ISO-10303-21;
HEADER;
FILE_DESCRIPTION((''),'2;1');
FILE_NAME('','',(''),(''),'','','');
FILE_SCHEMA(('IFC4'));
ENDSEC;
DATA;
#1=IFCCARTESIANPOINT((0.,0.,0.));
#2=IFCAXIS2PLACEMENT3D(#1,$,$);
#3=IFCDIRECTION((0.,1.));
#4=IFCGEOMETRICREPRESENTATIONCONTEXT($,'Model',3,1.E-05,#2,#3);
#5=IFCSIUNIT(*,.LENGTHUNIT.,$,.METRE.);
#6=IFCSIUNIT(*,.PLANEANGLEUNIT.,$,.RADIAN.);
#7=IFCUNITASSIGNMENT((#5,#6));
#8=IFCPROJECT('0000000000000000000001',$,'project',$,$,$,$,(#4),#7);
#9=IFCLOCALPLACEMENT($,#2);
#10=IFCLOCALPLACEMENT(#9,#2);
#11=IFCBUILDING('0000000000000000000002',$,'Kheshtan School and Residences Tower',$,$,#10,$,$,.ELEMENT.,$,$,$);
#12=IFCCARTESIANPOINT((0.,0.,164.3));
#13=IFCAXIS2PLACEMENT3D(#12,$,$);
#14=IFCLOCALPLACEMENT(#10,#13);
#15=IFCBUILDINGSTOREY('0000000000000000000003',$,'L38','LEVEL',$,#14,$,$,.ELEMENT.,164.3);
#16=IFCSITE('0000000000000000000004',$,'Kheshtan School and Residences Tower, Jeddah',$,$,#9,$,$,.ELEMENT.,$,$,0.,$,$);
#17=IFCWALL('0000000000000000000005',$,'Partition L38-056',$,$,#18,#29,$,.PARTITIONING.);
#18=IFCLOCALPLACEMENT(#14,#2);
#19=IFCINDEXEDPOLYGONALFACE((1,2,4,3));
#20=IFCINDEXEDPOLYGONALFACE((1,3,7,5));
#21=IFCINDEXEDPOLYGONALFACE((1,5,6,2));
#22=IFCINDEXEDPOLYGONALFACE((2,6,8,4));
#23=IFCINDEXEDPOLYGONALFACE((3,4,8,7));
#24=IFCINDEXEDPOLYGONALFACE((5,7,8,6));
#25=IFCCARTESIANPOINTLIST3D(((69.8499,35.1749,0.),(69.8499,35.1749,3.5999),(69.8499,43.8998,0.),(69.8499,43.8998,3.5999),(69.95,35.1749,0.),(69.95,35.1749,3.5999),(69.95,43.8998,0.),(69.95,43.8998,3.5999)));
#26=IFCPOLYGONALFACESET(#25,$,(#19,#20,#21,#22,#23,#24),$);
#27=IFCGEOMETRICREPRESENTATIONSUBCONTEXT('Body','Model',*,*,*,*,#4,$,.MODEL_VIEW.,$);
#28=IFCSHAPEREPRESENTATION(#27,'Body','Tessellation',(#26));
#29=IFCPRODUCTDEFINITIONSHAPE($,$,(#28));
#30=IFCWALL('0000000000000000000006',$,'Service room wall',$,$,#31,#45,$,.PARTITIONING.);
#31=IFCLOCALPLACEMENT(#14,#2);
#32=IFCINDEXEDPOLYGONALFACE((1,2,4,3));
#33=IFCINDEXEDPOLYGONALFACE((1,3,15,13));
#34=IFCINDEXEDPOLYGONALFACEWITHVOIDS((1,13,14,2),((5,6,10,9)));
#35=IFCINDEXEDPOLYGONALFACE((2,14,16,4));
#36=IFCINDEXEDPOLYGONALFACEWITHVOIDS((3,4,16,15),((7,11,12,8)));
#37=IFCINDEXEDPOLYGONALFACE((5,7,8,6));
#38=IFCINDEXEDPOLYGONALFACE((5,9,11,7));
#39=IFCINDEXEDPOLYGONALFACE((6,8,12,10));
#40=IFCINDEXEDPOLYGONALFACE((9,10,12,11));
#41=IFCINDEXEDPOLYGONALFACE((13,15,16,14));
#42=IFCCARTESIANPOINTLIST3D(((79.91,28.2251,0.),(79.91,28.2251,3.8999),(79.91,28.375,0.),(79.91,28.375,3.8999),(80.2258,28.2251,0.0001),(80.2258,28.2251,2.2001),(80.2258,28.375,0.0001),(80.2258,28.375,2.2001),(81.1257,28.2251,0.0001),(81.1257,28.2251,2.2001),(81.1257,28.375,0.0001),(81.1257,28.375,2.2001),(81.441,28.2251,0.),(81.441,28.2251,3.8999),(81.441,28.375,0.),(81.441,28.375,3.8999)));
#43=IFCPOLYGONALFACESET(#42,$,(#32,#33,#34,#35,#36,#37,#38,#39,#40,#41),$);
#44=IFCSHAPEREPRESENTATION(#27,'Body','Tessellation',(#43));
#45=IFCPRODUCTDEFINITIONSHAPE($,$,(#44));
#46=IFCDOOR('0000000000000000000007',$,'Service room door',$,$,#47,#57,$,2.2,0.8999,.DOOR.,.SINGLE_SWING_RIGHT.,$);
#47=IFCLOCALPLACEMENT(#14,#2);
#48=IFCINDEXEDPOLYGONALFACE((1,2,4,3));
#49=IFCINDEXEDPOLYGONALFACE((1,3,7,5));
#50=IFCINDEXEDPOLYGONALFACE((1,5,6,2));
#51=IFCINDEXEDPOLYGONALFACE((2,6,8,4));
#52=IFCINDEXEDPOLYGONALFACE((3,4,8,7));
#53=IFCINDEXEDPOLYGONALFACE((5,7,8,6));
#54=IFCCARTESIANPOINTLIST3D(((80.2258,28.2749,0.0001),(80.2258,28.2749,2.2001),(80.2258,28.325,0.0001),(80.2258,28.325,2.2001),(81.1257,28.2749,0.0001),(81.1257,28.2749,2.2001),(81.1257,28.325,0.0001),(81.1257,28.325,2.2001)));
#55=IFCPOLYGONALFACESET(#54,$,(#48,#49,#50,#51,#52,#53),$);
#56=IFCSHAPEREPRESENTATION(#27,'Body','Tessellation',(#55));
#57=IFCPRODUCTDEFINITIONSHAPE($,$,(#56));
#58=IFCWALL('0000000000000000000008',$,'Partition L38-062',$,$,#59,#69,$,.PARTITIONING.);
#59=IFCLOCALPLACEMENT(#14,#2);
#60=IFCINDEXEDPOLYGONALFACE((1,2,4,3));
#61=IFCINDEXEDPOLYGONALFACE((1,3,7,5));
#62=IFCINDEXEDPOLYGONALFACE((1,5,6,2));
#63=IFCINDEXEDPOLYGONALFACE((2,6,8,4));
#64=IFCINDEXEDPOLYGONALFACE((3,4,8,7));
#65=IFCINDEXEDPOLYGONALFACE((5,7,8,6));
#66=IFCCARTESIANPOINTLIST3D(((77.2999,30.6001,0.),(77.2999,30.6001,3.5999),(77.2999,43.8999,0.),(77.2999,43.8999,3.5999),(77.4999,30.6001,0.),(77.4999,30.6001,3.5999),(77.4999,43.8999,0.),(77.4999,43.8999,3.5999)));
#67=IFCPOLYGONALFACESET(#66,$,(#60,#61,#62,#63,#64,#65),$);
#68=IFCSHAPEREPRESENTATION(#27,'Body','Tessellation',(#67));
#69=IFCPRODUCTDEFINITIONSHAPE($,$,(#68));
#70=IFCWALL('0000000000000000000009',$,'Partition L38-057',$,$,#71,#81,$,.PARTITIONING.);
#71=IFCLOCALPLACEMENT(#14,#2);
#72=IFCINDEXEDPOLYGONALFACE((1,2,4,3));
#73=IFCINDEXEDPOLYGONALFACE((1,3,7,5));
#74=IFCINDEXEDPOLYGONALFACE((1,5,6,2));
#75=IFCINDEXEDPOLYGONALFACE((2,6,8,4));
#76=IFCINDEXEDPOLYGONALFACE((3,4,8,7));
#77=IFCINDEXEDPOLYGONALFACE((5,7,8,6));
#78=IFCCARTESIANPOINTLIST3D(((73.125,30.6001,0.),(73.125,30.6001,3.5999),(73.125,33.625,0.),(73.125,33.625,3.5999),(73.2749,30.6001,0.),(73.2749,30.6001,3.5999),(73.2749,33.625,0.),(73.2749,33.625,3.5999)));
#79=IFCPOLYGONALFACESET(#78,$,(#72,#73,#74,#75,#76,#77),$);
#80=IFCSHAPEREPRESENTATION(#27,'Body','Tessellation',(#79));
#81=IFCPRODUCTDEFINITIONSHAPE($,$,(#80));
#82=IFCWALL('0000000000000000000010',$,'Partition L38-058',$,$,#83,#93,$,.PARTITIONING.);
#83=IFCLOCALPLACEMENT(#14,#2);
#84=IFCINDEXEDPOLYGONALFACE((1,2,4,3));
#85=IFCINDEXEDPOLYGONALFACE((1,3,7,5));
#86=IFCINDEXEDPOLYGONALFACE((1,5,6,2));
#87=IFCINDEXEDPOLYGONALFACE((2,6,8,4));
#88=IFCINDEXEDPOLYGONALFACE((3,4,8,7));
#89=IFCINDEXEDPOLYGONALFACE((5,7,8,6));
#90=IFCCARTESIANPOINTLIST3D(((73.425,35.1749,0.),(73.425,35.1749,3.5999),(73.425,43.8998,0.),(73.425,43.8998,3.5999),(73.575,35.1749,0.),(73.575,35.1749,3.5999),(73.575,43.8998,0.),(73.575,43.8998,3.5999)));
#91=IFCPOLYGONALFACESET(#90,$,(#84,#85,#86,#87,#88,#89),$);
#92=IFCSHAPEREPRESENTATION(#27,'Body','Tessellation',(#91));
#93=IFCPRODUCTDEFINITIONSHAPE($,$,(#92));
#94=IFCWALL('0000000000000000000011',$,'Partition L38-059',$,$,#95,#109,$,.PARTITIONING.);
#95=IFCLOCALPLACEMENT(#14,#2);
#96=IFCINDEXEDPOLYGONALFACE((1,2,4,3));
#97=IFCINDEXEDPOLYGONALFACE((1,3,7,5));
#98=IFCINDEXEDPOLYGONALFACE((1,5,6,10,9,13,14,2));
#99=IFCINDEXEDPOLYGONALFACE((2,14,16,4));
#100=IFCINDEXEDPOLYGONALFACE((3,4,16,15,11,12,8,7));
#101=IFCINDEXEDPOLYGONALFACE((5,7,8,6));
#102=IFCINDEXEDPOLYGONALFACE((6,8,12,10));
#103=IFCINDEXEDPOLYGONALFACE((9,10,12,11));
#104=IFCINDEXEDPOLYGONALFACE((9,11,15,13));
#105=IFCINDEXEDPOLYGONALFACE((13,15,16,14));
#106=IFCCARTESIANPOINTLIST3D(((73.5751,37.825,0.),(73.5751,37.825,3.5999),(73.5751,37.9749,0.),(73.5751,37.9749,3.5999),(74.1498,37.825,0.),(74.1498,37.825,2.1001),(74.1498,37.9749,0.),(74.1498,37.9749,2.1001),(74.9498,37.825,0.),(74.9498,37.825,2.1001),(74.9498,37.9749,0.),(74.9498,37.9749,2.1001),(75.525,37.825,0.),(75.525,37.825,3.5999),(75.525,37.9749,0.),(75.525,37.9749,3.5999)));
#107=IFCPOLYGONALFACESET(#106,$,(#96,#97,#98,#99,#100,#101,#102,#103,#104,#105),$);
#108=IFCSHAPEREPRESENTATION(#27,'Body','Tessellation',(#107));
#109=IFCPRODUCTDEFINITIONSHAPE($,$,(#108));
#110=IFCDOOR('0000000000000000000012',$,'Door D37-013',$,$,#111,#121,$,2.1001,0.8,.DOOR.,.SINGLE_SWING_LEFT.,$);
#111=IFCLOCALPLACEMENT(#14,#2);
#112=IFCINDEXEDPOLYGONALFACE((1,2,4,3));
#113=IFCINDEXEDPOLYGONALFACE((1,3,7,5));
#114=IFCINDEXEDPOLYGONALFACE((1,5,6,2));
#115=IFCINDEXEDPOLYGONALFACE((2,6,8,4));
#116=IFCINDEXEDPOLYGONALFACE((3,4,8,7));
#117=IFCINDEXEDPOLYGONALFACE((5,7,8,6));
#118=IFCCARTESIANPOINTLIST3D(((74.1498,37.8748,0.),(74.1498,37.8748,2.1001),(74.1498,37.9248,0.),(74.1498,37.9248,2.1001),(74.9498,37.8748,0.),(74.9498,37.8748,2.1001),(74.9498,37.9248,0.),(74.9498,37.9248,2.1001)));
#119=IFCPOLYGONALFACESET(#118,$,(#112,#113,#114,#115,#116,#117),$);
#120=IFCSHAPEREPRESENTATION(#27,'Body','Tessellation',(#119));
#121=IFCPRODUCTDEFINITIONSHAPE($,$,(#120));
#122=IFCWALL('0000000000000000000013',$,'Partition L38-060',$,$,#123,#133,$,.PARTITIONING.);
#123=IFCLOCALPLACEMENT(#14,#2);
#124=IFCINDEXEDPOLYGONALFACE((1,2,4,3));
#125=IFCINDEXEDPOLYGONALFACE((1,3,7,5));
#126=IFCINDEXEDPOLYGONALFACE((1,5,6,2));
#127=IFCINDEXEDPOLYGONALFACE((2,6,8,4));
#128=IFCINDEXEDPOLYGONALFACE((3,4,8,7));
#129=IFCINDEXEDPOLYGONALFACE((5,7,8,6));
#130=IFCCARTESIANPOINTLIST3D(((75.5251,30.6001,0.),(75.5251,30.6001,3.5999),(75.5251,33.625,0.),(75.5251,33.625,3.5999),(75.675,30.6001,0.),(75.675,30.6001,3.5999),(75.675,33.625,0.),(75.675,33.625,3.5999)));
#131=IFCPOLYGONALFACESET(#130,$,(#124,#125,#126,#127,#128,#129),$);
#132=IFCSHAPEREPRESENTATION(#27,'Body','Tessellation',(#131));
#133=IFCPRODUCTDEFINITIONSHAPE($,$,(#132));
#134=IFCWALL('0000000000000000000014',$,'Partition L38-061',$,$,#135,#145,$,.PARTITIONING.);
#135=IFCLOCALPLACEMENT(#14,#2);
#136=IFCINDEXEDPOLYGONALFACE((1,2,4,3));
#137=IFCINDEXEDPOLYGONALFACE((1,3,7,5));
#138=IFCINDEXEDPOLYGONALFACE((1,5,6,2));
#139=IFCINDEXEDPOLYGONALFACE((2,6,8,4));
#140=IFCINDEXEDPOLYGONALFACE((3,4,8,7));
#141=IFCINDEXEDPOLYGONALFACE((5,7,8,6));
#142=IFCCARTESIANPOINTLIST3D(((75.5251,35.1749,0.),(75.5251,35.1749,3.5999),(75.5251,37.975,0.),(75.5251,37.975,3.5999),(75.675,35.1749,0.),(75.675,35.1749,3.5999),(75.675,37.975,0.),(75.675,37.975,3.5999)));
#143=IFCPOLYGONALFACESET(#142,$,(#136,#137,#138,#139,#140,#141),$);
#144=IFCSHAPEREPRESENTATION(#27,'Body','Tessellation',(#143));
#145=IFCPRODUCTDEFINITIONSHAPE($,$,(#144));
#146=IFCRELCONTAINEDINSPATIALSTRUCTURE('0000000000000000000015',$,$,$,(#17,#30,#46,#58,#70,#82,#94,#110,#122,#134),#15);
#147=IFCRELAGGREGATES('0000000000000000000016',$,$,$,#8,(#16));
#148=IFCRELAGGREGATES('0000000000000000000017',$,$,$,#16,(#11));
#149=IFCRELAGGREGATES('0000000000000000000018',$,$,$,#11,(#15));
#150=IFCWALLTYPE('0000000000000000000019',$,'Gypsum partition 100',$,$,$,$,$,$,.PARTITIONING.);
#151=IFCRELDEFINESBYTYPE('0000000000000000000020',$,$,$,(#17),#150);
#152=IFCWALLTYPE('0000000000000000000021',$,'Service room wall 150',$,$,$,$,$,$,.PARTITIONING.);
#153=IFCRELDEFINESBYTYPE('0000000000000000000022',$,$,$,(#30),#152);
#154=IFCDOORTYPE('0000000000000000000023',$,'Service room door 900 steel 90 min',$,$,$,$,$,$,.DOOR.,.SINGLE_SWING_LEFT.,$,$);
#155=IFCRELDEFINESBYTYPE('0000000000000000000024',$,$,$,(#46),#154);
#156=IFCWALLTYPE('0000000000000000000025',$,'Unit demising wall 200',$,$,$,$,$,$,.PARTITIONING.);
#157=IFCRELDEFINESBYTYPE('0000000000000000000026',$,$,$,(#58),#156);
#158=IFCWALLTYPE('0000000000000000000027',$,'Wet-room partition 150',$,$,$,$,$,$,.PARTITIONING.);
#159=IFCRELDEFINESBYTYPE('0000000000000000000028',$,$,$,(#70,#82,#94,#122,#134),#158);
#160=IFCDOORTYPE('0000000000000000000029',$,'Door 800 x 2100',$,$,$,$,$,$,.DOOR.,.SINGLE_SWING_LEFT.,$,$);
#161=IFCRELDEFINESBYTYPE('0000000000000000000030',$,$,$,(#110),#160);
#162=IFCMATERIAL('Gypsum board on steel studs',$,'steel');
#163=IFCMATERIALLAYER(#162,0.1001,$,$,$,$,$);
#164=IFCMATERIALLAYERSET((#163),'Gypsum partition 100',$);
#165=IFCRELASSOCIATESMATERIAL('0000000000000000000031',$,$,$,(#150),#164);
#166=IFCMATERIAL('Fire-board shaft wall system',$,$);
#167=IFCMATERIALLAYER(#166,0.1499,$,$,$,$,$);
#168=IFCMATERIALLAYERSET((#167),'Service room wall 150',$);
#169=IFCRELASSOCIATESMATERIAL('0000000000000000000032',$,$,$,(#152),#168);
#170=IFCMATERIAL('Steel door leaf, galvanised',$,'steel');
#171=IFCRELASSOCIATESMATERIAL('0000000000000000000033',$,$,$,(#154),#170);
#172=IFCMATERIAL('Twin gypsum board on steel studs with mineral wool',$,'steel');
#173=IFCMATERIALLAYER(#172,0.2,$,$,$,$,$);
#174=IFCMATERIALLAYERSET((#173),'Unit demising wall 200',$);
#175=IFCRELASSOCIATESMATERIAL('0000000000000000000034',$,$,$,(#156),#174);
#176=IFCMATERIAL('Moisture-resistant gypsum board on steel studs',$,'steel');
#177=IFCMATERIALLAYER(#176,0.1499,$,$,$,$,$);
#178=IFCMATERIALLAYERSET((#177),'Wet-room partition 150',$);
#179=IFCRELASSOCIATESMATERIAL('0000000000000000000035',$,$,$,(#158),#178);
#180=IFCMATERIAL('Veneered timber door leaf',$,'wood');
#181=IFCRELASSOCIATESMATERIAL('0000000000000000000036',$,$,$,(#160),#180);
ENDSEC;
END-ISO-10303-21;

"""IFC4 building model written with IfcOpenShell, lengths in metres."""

from ifc_helpers import new_model, si_unit, direction, frame, frame_2d, origin, place, context, subcontext, project, spatial, rectangle, extrude, source, transform, mapped, material, layer, layer_set, type_object, element, fill, save


model = new_model("IFC4")

# Units and contexts
model_context = context("Model", 3, precision=1e-05, world=origin(), true_north=direction((0.0, 1.0)))
body_context = subcontext(model_context, "Body", "Model", "MODEL_VIEW")
ifc_project = project(units=[si_unit("LENGTHUNIT", "METRE"), si_unit("PLANEANGLEUNIT", "RADIAN")], contexts=[model_context])

# Site, building, storey
site_placement = place(None, origin())
site = spatial("IfcSite", under=ifc_project, at=site_placement, Name="Kheshtan School and Residences Tower, Jeddah", CompositionType="ELEMENT", RefElevation=0.0)
building_placement = place(site_placement, origin())
building = spatial("IfcBuilding", under=site, at=building_placement, Name="Kheshtan School and Residences Tower", CompositionType="ELEMENT")
storey_placement = place(building_placement, frame((0.0, 0.0, 164.3)))
storey = spatial("IfcBuildingStorey", under=building, at=storey_placement, Name="L38", Description="LEVEL", CompositionType="ELEMENT", Elevation=164.3)

# Wall
ifc_material_1 = material(Name="Gypsum board on steel studs", Category="steel")
ifc_layer_1 = layer(ifc_material_1, 0.1001)
ifc_layer_set_1 = layer_set([ifc_layer_1], Name="Gypsum partition 100")
wall_type_1 = type_object("IfcWallType", Name="Gypsum partition 100", PredefinedType="PARTITIONING", material=ifc_layer_set_1)
wall_1_placement = place(storey_placement, frame((69.8999, 35.175, 0.0), z_axis=(0.0, 0.0, 1.0), x_axis=(0.0, 1.0, 0.0)))
element("IfcWall", 1, at=wall_1_placement, inside=storey, type_object=wall_type_1, Name="Partition L38-056", PredefinedType="PARTITIONING", context=body_context, shape_type="SweptSolid", body=[
    extrude(rectangle(XDim=8.7249, YDim=0.1001, at=frame_2d((4.3623, 0.0))), origin(), (0.0, 0.0, 1.0), 3.5999),
])

# Wall, opening, door
ifc_material_2 = material(Name="Fire-board shaft wall system")
ifc_layer_2 = layer(ifc_material_2, 0.1499)
ifc_layer_set_2 = layer_set([ifc_layer_2], Name="Service room wall 150")
wall_type_2 = type_object("IfcWallType", Name="Service room wall 150", PredefinedType="PARTITIONING", material=ifc_layer_set_2)
wall_2_placement = place(storey_placement, frame((79.9099, 28.3, 0.0), z_axis=(0.0, 0.0, 1.0), x_axis=(1.0, 0.0, 0.0)))
wall_2 = element("IfcWall", 2, at=wall_2_placement, inside=storey, type_object=wall_type_2, Name="Service room wall", PredefinedType="PARTITIONING", context=body_context, shape_type="SweptSolid", body=[
    extrude(rectangle(XDim=1.531, YDim=0.1499, at=frame_2d((0.7656, 0.0))), origin(), (0.0, 0.0, 1.0), 3.8999),
])
opening_1_placement = place(wall_2_placement, frame((0.3159, 0.0, 0.0)))
opening_1 = element("IfcOpeningElement", 3, at=opening_1_placement, cuts=wall_2, PredefinedType="OPENING", context=body_context, shape_type="SweptSolid", body=[
    extrude(rectangle(XDim=0.8999, YDim=2.2, at=frame_2d((0.45, 1.1001))), frame((0.0, 0.085, 0.0), z_axis=(0.0, -1.0, 0.0), x_axis=(1.0, 0.0, 0.0)), (0.0, 0.0, 1.0), 0.1699),
])
ifc_material_3 = material(Name="Steel door leaf, galvanised", Category="steel")
door_type_1 = type_object("IfcDoorType", Name="Service room door 900 steel 90 min", OperationType="SINGLE_SWING_LEFT", PredefinedType="DOOR", material=ifc_material_3)
shared_shape_1 = source(origin(), body_context, "Body", "SweptSolid", [
    extrude(rectangle(XDim=0.8999, YDim=2.2, at=frame_2d((0.45, 1.1001))), frame((0.0, 0.0249, 0.0), z_axis=(0.0, -1.0, 0.0), x_axis=(1.0, 0.0, 0.0)), (0.0, 0.0, 1.0), 0.05),
])
door_1_placement = place(opening_1_placement, origin())
door_1 = element("IfcDoor", 4, at=door_1_placement, inside=storey, type_object=door_type_1, Name="Service room door", OperationType="SINGLE_SWING_RIGHT", OverallHeight=2.2, OverallWidth=0.8999, PredefinedType="DOOR", context=body_context, shape_type="MappedRepresentation", body=[
    mapped(shared_shape_1, transform((0.0, 0.0, 0.0), x_axis=(1.0, 0.0, 0.0), y_axis=(0.0, 1.0, 0.0), z_axis=(0.0, 0.0, 1.0), scale=1.0)),
])
fill(opening_1, door_1)

# Walls
ifc_material_4 = material(Name="Twin gypsum board on steel studs with mineral wool", Category="steel")
ifc_layer_3 = layer(ifc_material_4, 0.2)
ifc_layer_set_3 = layer_set([ifc_layer_3], Name="Unit demising wall 200")
wall_type_3 = type_object("IfcWallType", Name="Unit demising wall 200", PredefinedType="PARTITIONING", material=ifc_layer_set_3)
wall_3_placement = place(storey_placement, frame((77.3999, 30.6001, 0.0), z_axis=(0.0, 0.0, 1.0), x_axis=(0.0, 1.0, 0.0)))
element("IfcWall", 5, at=wall_3_placement, inside=storey, type_object=wall_type_3, Name="Partition L38-062", PredefinedType="PARTITIONING", context=body_context, shape_type="SweptSolid", body=[
    extrude(rectangle(XDim=13.2998, YDim=0.2, at=frame_2d((6.6499, 0.0))), origin(), (0.0, 0.0, 1.0), 3.5999),
])
ifc_material_5 = material(Name="Moisture-resistant gypsum board on steel studs", Category="steel")
ifc_layer_4 = layer(ifc_material_5, 0.1499)
ifc_layer_set_4 = layer_set([ifc_layer_4], Name="Wet-room partition 150")
wall_type_4 = type_object("IfcWallType", Name="Wet-room partition 150", PredefinedType="PARTITIONING", material=ifc_layer_set_4)
wall_4_placement = place(storey_placement, frame((73.2, 30.6001, 0.0), z_axis=(0.0, 0.0, 1.0), x_axis=(0.0, 1.0, 0.0)))
element("IfcWall", 6, at=wall_4_placement, inside=storey, type_object=wall_type_4, Name="Partition L38-057", PredefinedType="PARTITIONING", context=body_context, shape_type="SweptSolid", body=[
    extrude(rectangle(XDim=3.0249, YDim=0.1499, at=frame_2d((1.5125, 0.0))), origin(), (0.0, 0.0, 1.0), 3.5999),
])
wall_5_placement = place(storey_placement, frame((73.5, 35.175, 0.0), z_axis=(0.0, 0.0, 1.0), x_axis=(0.0, 1.0, 0.0)))
element("IfcWall", 7, at=wall_5_placement, inside=storey, type_object=wall_type_4, Name="Partition L38-058", PredefinedType="PARTITIONING", context=body_context, shape_type="SweptSolid", body=[
    extrude(rectangle(XDim=8.7249, YDim=0.1499, at=frame_2d((4.3623, 0.0))), origin(), (0.0, 0.0, 1.0), 3.5999),
])

# Wall, opening, door
wall_6_placement = place(storey_placement, frame((73.575, 37.8999, 0.0), z_axis=(0.0, 0.0, 1.0), x_axis=(1.0, 0.0, 0.0)))
wall_6 = element("IfcWall", 8, at=wall_6_placement, inside=storey, type_object=wall_type_4, Name="Partition L38-059", PredefinedType="PARTITIONING", context=body_context, shape_type="SweptSolid", body=[
    extrude(rectangle(XDim=1.95, YDim=0.1499, at=frame_2d((0.9751, 0.0))), origin(), (0.0, 0.0, 1.0), 3.5999),
])
opening_2_placement = place(wall_6_placement, frame((0.575, 0.0, 0.0)))
opening_2 = element("IfcOpeningElement", 9, at=opening_2_placement, cuts=wall_6, PredefinedType="OPENING", context=body_context, shape_type="SweptSolid", body=[
    extrude(rectangle(XDim=0.8, YDim=2.1001, at=frame_2d((0.3999, 1.05))), frame((0.0, 0.085, 0.0), z_axis=(0.0, -1.0, 0.0), x_axis=(1.0, 0.0, 0.0)), (0.0, 0.0, 1.0), 0.1699),
])
ifc_material_6 = material(Name="Veneered timber door leaf", Category="wood")
door_type_2 = type_object("IfcDoorType", Name="Door 800 x 2100", OperationType="SINGLE_SWING_LEFT", PredefinedType="DOOR", material=ifc_material_6)
shared_shape_2 = source(origin(), body_context, "Body", "SweptSolid", [
    extrude(rectangle(XDim=0.8, YDim=2.1001, at=frame_2d((0.3999, 1.05))), frame((0.0, 0.0249, 0.0), z_axis=(0.0, -1.0, 0.0), x_axis=(1.0, 0.0, 0.0)), (0.0, 0.0, 1.0), 0.05),
])
door_2_placement = place(opening_2_placement, origin())
door_2 = element("IfcDoor", 10, at=door_2_placement, inside=storey, type_object=door_type_2, Name="Door D37-013", OperationType="SINGLE_SWING_LEFT", OverallHeight=2.1001, OverallWidth=0.8, PredefinedType="DOOR", context=body_context, shape_type="MappedRepresentation", body=[
    mapped(shared_shape_2, transform((0.0, 0.0, 0.0), x_axis=(1.0, 0.0, 0.0), y_axis=(0.0, 1.0, 0.0), z_axis=(0.0, 0.0, 1.0), scale=1.0)),
])
fill(opening_2, door_2)

# Walls
wall_7_placement = place(storey_placement, frame((75.6001, 30.6001, 0.0), z_axis=(0.0, 0.0, 1.0), x_axis=(0.0, 1.0, 0.0)))
element("IfcWall", 11, at=wall_7_placement, inside=storey, type_object=wall_type_4, Name="Partition L38-060", PredefinedType="PARTITIONING", context=body_context, shape_type="SweptSolid", body=[
    extrude(rectangle(XDim=3.0249, YDim=0.1499, at=frame_2d((1.5125, 0.0))), origin(), (0.0, 0.0, 1.0), 3.5999),
])
wall_8_placement = place(storey_placement, frame((75.6001, 35.175, 0.0), z_axis=(0.0, 0.0, 1.0), x_axis=(0.0, 1.0, 0.0)))
element("IfcWall", 12, at=wall_8_placement, inside=storey, type_object=wall_type_4, Name="Partition L38-061", PredefinedType="PARTITIONING", context=body_context, shape_type="SweptSolid", body=[
    extrude(rectangle(XDim=2.8, YDim=0.1499, at=frame_2d((1.3999, 0.0))), origin(), (0.0, 0.0, 1.0), 3.5999),
])

save(model, "model.ifc")
